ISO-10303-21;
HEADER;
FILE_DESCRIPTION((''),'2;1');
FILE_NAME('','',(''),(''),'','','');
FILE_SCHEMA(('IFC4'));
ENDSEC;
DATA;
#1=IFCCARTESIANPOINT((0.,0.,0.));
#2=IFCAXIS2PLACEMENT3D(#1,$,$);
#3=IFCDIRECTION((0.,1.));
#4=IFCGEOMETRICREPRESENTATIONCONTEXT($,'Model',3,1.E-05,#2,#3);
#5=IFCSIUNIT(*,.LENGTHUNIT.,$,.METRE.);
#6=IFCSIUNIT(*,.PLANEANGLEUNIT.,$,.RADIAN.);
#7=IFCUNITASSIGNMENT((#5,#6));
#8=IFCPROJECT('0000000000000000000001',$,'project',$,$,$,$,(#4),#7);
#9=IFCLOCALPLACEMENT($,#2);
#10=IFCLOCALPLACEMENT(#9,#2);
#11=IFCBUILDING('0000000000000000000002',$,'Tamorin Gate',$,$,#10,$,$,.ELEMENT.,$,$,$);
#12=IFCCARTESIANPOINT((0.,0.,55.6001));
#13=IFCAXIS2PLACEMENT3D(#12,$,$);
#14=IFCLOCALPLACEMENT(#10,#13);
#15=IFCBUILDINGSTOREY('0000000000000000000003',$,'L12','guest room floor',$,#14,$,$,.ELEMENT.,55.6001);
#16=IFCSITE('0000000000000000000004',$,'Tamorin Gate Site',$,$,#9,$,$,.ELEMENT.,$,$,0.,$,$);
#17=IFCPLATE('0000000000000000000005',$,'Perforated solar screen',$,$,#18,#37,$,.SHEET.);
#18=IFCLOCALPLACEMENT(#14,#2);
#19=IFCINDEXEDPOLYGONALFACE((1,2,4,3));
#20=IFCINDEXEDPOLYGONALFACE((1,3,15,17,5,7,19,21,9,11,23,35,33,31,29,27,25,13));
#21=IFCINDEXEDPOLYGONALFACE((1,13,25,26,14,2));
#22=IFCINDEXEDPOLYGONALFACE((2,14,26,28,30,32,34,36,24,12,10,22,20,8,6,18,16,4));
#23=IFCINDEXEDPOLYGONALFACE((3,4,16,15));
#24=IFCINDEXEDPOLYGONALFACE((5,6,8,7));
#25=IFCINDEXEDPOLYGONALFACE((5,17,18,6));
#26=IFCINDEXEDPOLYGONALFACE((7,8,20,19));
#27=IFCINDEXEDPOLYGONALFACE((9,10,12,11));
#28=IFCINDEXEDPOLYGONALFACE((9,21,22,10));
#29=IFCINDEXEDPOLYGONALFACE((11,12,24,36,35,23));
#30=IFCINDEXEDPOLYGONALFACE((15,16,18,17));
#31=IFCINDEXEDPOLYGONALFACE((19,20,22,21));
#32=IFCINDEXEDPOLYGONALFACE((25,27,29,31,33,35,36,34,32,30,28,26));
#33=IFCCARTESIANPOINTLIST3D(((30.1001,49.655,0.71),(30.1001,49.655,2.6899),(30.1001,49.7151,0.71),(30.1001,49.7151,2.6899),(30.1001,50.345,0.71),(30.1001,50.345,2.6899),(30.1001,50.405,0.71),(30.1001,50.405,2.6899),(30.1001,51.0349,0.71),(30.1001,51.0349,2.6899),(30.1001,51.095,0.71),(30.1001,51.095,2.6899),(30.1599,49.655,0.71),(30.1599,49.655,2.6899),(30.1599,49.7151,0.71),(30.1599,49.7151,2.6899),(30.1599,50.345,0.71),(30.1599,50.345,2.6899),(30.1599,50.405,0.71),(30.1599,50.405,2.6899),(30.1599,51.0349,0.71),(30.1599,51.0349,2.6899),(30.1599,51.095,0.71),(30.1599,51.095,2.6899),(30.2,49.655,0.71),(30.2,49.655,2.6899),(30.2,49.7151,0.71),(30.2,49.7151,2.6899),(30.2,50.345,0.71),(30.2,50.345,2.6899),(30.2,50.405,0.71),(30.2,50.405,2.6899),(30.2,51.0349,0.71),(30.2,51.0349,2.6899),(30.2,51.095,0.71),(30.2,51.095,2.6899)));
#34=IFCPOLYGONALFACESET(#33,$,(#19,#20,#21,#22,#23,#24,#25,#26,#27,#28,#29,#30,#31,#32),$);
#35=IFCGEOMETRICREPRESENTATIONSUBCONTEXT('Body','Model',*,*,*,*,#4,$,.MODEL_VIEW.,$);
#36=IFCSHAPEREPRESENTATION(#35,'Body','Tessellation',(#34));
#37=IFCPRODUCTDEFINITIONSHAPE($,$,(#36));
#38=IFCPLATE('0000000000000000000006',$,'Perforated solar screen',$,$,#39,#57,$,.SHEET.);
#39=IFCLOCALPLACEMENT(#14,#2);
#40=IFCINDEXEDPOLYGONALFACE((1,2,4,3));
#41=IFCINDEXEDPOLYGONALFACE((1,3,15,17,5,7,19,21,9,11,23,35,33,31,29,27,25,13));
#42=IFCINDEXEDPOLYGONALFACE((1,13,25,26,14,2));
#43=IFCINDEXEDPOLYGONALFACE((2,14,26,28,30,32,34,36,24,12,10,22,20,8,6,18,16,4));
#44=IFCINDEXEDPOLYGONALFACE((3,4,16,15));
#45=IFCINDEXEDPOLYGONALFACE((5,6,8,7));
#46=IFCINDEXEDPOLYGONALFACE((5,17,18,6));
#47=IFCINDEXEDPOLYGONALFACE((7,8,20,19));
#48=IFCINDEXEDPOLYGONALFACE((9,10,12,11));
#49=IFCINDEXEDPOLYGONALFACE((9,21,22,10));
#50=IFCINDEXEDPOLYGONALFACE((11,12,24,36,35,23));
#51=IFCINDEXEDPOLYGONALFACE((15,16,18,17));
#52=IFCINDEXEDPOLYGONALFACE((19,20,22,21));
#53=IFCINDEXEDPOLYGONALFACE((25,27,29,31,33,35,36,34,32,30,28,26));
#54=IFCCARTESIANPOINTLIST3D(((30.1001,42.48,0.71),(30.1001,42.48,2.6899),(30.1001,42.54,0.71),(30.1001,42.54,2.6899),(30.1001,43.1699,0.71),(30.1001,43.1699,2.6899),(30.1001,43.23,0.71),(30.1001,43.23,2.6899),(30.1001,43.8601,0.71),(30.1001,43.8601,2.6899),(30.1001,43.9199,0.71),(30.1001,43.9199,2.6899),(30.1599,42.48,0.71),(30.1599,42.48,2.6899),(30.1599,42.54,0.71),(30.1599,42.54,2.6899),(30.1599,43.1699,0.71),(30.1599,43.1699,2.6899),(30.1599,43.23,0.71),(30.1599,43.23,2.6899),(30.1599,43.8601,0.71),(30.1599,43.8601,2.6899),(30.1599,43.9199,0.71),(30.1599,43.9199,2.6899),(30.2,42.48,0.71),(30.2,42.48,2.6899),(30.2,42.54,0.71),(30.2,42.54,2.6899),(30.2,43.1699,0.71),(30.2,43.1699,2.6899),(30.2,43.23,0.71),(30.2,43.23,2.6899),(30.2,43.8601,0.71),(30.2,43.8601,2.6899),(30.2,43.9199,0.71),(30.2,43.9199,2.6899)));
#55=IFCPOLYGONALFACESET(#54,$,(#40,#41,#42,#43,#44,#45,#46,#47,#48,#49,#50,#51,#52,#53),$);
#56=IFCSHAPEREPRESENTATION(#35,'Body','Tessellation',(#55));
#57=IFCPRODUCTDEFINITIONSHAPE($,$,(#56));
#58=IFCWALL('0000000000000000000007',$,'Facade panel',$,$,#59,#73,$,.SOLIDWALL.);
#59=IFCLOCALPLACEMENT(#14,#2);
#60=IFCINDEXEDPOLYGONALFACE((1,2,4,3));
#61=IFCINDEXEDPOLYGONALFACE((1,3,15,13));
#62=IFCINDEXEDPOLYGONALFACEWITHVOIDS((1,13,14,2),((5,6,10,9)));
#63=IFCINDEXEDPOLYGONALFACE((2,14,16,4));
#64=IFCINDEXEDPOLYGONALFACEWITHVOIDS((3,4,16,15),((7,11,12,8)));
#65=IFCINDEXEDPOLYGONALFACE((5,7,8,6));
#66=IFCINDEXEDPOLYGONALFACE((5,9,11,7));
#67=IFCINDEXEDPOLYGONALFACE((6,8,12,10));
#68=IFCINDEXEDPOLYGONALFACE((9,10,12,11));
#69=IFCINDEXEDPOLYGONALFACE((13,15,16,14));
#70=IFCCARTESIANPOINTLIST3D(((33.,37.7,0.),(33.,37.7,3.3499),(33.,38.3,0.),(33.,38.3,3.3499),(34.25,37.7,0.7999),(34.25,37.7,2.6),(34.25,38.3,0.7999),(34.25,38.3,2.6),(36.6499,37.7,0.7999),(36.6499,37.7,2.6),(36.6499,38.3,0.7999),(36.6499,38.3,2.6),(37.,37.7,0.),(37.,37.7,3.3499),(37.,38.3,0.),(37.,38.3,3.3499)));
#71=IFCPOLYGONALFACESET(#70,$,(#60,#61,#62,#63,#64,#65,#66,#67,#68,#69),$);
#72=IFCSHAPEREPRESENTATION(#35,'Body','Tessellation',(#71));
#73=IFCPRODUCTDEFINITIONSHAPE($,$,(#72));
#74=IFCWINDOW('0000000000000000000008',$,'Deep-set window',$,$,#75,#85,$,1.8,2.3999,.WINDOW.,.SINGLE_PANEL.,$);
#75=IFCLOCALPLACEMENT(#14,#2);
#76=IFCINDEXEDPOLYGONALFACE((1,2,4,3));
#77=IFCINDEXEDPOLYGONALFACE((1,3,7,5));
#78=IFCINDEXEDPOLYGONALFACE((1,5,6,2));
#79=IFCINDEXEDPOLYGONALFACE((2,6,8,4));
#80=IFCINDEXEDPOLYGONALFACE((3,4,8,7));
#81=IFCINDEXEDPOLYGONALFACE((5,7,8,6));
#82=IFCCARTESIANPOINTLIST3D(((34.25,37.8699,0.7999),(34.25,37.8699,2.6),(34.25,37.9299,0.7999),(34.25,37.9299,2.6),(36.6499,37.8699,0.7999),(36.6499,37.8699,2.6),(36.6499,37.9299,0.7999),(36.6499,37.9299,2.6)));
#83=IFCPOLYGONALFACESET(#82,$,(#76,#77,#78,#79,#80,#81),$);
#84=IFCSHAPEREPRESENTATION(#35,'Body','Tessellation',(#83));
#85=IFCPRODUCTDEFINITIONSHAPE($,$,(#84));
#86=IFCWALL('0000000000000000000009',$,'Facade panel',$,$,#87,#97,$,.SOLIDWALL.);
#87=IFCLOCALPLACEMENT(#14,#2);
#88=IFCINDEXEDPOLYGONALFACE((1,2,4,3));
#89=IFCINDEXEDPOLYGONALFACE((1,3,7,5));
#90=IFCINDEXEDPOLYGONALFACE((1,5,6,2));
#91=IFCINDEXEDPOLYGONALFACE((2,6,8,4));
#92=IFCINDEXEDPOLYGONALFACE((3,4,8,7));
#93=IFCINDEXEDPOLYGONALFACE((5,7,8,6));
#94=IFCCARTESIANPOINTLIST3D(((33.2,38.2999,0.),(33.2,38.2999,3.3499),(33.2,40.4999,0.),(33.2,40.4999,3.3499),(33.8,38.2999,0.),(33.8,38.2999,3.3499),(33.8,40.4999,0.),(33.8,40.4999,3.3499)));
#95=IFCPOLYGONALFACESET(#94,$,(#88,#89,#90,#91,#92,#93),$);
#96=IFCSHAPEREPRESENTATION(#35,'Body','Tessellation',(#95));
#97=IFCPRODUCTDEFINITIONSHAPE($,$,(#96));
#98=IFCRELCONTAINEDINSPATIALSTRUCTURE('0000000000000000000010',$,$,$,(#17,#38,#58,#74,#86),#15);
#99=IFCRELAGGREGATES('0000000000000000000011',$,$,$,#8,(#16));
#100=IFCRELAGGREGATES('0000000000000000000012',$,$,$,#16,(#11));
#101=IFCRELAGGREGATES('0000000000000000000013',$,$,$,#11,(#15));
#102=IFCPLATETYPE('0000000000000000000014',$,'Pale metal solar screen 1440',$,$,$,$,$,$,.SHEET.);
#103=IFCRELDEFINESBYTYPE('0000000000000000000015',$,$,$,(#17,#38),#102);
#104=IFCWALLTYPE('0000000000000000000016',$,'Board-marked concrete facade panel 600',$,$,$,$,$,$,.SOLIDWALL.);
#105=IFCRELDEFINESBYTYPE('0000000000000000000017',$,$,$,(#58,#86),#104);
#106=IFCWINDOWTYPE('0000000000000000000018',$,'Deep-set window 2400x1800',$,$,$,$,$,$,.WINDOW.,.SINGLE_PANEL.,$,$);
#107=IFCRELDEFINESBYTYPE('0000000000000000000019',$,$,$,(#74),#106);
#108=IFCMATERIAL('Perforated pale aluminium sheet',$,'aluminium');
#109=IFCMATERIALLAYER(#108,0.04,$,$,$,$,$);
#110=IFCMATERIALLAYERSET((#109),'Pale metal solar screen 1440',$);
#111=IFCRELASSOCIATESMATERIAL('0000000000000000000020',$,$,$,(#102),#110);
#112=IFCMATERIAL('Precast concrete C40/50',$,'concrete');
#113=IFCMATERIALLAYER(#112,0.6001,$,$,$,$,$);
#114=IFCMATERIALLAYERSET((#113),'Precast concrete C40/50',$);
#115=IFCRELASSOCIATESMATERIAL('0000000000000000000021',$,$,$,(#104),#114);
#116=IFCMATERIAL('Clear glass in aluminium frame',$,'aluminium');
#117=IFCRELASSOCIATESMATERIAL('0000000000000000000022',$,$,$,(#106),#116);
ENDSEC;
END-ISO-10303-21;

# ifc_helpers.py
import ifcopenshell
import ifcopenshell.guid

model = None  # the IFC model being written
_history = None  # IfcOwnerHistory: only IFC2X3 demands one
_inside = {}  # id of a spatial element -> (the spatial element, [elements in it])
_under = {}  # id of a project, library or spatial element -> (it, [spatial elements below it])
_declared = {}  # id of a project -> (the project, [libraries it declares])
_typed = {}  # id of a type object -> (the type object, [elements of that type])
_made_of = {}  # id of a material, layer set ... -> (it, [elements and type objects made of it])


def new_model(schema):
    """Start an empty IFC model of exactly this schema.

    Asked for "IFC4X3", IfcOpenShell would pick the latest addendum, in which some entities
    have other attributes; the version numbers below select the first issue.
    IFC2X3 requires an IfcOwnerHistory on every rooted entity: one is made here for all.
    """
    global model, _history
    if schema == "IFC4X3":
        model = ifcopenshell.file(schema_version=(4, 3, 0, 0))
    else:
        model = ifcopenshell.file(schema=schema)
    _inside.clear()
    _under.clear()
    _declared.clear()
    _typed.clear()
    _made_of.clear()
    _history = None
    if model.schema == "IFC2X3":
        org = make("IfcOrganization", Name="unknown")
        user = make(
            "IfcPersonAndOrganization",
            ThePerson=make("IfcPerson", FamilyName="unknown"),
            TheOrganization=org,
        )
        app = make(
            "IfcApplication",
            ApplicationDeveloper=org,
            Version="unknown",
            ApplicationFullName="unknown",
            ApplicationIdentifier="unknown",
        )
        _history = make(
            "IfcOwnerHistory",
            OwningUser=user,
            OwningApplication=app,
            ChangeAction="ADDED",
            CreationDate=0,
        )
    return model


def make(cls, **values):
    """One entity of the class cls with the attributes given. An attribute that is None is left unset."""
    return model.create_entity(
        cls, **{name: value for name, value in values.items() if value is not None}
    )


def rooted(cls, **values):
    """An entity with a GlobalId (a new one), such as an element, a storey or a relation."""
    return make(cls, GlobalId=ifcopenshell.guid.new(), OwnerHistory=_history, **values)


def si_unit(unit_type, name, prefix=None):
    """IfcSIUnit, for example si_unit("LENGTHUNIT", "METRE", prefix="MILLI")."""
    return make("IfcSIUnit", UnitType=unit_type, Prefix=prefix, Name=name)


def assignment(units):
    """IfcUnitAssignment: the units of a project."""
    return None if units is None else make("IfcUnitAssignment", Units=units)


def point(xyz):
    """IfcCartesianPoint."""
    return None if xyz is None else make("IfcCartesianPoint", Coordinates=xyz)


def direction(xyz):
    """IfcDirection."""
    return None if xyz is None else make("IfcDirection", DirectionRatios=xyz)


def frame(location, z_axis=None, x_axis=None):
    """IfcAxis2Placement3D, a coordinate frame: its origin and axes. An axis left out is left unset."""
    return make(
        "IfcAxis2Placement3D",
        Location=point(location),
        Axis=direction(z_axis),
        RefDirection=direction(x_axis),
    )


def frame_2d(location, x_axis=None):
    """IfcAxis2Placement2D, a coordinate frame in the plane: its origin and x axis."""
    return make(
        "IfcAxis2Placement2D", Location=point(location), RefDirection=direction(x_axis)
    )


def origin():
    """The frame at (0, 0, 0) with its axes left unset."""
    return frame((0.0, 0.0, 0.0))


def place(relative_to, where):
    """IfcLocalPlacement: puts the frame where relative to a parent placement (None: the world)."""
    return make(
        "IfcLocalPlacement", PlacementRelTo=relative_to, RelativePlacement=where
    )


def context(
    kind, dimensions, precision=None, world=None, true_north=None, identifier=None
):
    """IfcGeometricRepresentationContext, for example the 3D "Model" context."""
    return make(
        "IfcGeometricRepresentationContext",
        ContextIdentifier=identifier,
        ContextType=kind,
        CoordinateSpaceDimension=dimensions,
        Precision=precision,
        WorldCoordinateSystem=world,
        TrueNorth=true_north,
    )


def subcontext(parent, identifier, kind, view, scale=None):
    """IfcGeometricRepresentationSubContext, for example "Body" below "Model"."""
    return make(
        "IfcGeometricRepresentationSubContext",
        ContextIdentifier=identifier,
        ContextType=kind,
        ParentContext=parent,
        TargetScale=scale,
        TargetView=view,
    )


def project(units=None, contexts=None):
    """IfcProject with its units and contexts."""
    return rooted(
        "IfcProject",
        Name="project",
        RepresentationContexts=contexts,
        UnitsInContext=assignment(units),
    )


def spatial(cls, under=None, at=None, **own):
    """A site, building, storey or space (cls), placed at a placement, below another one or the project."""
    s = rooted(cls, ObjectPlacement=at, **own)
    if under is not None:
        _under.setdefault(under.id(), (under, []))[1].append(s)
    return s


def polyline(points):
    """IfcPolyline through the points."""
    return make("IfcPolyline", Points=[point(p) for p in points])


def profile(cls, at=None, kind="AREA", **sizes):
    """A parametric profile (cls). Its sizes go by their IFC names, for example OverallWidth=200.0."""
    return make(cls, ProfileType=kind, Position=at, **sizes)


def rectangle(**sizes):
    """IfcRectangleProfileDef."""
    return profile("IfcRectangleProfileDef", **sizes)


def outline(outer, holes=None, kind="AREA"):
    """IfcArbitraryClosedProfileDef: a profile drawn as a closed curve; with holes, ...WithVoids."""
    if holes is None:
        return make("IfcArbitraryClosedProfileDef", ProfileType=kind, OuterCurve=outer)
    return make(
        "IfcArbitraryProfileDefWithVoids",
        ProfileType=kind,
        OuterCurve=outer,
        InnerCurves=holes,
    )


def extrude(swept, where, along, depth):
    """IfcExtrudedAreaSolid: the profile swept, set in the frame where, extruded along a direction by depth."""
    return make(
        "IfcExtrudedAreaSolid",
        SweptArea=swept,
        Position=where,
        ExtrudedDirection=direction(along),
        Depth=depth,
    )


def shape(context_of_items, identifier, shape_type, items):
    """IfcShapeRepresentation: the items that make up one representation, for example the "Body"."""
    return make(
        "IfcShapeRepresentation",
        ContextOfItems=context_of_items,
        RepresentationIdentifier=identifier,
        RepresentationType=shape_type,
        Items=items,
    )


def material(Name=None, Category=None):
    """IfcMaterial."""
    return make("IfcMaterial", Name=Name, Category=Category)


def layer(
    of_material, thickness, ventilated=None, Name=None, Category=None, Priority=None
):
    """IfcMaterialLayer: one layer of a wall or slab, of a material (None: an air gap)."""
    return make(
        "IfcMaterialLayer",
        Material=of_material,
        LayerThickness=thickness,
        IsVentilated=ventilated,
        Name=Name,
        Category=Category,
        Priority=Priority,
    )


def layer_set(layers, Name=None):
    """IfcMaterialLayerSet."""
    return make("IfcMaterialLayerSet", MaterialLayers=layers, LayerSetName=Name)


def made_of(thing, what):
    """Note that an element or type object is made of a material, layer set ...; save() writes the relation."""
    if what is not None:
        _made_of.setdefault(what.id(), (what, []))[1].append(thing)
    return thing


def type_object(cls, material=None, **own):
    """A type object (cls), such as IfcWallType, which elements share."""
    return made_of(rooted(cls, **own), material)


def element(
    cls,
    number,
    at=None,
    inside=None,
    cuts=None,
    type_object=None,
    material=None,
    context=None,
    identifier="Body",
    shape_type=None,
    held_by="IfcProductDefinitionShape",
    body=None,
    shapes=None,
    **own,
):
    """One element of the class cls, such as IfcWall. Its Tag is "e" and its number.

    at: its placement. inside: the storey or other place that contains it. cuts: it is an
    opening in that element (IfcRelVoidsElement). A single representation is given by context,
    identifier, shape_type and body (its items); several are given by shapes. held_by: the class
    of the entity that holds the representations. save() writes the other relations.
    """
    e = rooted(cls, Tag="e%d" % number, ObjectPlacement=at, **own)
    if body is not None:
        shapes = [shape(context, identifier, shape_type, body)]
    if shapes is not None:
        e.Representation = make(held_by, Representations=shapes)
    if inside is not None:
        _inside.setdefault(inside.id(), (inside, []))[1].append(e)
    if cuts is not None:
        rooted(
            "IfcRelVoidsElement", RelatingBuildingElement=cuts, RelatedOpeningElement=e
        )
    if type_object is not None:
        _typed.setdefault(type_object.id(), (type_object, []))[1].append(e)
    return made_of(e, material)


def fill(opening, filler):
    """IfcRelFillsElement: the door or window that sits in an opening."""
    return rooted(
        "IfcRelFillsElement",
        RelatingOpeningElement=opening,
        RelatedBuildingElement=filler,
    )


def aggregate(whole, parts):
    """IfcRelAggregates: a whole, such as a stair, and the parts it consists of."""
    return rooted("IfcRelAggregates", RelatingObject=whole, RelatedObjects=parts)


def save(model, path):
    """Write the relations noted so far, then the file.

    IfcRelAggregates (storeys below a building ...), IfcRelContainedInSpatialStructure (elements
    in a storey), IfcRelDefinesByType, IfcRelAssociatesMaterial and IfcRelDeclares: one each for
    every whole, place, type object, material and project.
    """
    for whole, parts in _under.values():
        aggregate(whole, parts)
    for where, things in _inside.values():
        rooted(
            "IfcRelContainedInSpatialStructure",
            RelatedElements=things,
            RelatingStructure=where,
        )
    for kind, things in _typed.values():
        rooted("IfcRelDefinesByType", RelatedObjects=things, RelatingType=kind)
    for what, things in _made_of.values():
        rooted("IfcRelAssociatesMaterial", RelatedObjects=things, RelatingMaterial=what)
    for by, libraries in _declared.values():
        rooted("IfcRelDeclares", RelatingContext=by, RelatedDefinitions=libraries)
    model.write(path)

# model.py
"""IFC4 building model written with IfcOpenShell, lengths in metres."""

from ifc_helpers import new_model, si_unit, direction, frame, frame_2d, origin, place, context, subcontext, project, spatial, polyline, rectangle, outline, extrude, material, layer, layer_set, type_object, element, fill, save


model = new_model("IFC4")

# Units and contexts
model_context = context("Model", 3, precision=1e-05, world=origin(), true_north=direction((0.0, 1.0)))
body_context = subcontext(model_context, "Body", "Model", "MODEL_VIEW")
ifc_project = project(units=[si_unit("LENGTHUNIT", "METRE"), si_unit("PLANEANGLEUNIT", "RADIAN")], contexts=[model_context])

# Site, building, storey
site_placement = place(None, origin())
site = spatial("IfcSite", under=ifc_project, at=site_placement, Name="Tamorin Gate Site", CompositionType="ELEMENT", RefElevation=0.0)
building_placement = place(site_placement, origin())
building = spatial("IfcBuilding", under=site, at=building_placement, Name="Tamorin Gate", CompositionType="ELEMENT")
storey_placement = place(building_placement, frame((0.0, 0.0, 55.6001)))
storey = spatial("IfcBuildingStorey", under=building, at=storey_placement, Name="L12", Description="guest room floor", CompositionType="ELEMENT", Elevation=55.6001)

# Plates
ifc_material_1 = material(Name="Perforated pale aluminium sheet", Category="aluminium")
ifc_layer_1 = layer(ifc_material_1, 0.04)
ifc_layer_set_1 = layer_set([ifc_layer_1], Name="Pale metal solar screen 1440")
plate_type = type_object("IfcPlateType", Name="Pale metal solar screen 1440", PredefinedType="SHEET", material=ifc_layer_set_1)
plate_1_placement = place(storey_placement, frame((0.0, 0.0, 0.71)))
element("IfcPlate", 1, at=plate_1_placement, inside=storey, type_object=plate_type, Name="Perforated solar screen", PredefinedType="SHEET", context=body_context, shape_type="SweptSolid", body=[
    extrude(outline(polyline([(30.1599, 51.095), (30.2, 51.095), (30.2, 51.0349), (30.2, 50.405), (30.2, 50.345), (30.2, 49.7151), (30.2, 49.655), (30.1599, 49.655), (30.1001, 49.655), (30.1001, 49.7151), (30.1599, 49.7151), (30.1599, 50.345), (30.1001, 50.345), (30.1001, 50.405), (30.1599, 50.405), (30.1599, 51.0349), (30.1001, 51.0349), (30.1001, 51.095), (30.1599, 51.095)])), origin(), (0.0, 0.0, 1.0), 1.98),
])
plate_2_placement = place(storey_placement, frame((0.0, 0.0, 0.71)))
element("IfcPlate", 2, at=plate_2_placement, inside=storey, type_object=plate_type, Name="Perforated solar screen", PredefinedType="SHEET", context=body_context, shape_type="SweptSolid", body=[
    extrude(outline(polyline([(30.1599, 43.9199), (30.2, 43.9199), (30.2, 43.8601), (30.2, 43.23), (30.2, 43.1699), (30.2, 42.54), (30.2, 42.48), (30.1599, 42.48), (30.1001, 42.48), (30.1001, 42.54), (30.1599, 42.54), (30.1599, 43.1699), (30.1001, 43.1699), (30.1001, 43.23), (30.1599, 43.23), (30.1599, 43.8601), (30.1001, 43.8601), (30.1001, 43.9199), (30.1599, 43.9199)])), origin(), (0.0, 0.0, 1.0), 1.98),
])

# Wall, opening, window
ifc_material_2 = material(Name="Precast concrete C40/50", Category="concrete")
ifc_layer_2 = layer(ifc_material_2, 0.6001)
ifc_layer_set_2 = layer_set([ifc_layer_2], Name="Precast concrete C40/50")
wall_type = type_object("IfcWallType", Name="Board-marked concrete facade panel 600", PredefinedType="SOLIDWALL", material=ifc_layer_set_2)
wall_1_placement = place(storey_placement, frame((33.0, 38.0, 0.0), z_axis=(0.0, 0.0, 1.0), x_axis=(1.0, 0.0, 0.0)))
wall_1 = element("IfcWall", 3, at=wall_1_placement, inside=storey, type_object=wall_type, Name="Facade panel", PredefinedType="SOLIDWALL", context=body_context, shape_type="SweptSolid", body=[
    extrude(rectangle(XDim=4.0, YDim=0.6001, at=frame_2d((2.0, 0.0))), origin(), (0.0, 0.0, 1.0), 3.3499),
])
opening_placement = place(wall_1_placement, frame((1.25, 0.0, 0.8)))
opening = element("IfcOpeningElement", 4, at=opening_placement, cuts=wall_1, PredefinedType="OPENING", context=body_context, shape_type="SweptSolid", body=[
    extrude(rectangle(XDim=2.3999, YDim=1.8, at=frame_2d((1.2, 0.8999))), frame((0.0, 0.3101, 0.0), z_axis=(0.0, -1.0, 0.0), x_axis=(1.0, 0.0, 0.0)), (0.0, 0.0, 1.0), 0.6201),
])
ifc_material_3 = material(Name="Clear glass in aluminium frame", Category="aluminium")
window_type = type_object("IfcWindowType", Name="Deep-set window 2400x1800", PartitioningType="SINGLE_PANEL", PredefinedType="WINDOW", material=ifc_material_3)
window_placement = place(opening_placement, origin())
window = element("IfcWindow", 5, at=window_placement, inside=storey, type_object=window_type, Name="Deep-set window", OverallHeight=1.8, OverallWidth=2.3999, PartitioningType="SINGLE_PANEL", PredefinedType="WINDOW", context=body_context, shape_type="SweptSolid", body=[
    extrude(rectangle(XDim=2.3999, YDim=1.8, at=frame_2d((1.2, 0.8999))), frame((0.0, -0.0701, 0.0), z_axis=(0.0, -1.0, 0.0), x_axis=(1.0, 0.0, 0.0)), (0.0, 0.0, 1.0), 0.0601),
])
fill(opening, window)

# Wall
wall_2_placement = place(storey_placement, frame((33.5, 40.5, 0.0), z_axis=(0.0, 0.0, 1.0), x_axis=(0.0, -1.0, 0.0)))
element("IfcWall", 6, at=wall_2_placement, inside=storey, type_object=wall_type, Name="Facade panel", PredefinedType="SOLIDWALL", context=body_context, shape_type="SweptSolid", body=[
    extrude(rectangle(XDim=2.2, YDim=0.6001, at=frame_2d((1.1001, 0.0))), origin(), (0.0, 0.0, 1.0), 3.3499),
])

save(model, "model.ifc")
